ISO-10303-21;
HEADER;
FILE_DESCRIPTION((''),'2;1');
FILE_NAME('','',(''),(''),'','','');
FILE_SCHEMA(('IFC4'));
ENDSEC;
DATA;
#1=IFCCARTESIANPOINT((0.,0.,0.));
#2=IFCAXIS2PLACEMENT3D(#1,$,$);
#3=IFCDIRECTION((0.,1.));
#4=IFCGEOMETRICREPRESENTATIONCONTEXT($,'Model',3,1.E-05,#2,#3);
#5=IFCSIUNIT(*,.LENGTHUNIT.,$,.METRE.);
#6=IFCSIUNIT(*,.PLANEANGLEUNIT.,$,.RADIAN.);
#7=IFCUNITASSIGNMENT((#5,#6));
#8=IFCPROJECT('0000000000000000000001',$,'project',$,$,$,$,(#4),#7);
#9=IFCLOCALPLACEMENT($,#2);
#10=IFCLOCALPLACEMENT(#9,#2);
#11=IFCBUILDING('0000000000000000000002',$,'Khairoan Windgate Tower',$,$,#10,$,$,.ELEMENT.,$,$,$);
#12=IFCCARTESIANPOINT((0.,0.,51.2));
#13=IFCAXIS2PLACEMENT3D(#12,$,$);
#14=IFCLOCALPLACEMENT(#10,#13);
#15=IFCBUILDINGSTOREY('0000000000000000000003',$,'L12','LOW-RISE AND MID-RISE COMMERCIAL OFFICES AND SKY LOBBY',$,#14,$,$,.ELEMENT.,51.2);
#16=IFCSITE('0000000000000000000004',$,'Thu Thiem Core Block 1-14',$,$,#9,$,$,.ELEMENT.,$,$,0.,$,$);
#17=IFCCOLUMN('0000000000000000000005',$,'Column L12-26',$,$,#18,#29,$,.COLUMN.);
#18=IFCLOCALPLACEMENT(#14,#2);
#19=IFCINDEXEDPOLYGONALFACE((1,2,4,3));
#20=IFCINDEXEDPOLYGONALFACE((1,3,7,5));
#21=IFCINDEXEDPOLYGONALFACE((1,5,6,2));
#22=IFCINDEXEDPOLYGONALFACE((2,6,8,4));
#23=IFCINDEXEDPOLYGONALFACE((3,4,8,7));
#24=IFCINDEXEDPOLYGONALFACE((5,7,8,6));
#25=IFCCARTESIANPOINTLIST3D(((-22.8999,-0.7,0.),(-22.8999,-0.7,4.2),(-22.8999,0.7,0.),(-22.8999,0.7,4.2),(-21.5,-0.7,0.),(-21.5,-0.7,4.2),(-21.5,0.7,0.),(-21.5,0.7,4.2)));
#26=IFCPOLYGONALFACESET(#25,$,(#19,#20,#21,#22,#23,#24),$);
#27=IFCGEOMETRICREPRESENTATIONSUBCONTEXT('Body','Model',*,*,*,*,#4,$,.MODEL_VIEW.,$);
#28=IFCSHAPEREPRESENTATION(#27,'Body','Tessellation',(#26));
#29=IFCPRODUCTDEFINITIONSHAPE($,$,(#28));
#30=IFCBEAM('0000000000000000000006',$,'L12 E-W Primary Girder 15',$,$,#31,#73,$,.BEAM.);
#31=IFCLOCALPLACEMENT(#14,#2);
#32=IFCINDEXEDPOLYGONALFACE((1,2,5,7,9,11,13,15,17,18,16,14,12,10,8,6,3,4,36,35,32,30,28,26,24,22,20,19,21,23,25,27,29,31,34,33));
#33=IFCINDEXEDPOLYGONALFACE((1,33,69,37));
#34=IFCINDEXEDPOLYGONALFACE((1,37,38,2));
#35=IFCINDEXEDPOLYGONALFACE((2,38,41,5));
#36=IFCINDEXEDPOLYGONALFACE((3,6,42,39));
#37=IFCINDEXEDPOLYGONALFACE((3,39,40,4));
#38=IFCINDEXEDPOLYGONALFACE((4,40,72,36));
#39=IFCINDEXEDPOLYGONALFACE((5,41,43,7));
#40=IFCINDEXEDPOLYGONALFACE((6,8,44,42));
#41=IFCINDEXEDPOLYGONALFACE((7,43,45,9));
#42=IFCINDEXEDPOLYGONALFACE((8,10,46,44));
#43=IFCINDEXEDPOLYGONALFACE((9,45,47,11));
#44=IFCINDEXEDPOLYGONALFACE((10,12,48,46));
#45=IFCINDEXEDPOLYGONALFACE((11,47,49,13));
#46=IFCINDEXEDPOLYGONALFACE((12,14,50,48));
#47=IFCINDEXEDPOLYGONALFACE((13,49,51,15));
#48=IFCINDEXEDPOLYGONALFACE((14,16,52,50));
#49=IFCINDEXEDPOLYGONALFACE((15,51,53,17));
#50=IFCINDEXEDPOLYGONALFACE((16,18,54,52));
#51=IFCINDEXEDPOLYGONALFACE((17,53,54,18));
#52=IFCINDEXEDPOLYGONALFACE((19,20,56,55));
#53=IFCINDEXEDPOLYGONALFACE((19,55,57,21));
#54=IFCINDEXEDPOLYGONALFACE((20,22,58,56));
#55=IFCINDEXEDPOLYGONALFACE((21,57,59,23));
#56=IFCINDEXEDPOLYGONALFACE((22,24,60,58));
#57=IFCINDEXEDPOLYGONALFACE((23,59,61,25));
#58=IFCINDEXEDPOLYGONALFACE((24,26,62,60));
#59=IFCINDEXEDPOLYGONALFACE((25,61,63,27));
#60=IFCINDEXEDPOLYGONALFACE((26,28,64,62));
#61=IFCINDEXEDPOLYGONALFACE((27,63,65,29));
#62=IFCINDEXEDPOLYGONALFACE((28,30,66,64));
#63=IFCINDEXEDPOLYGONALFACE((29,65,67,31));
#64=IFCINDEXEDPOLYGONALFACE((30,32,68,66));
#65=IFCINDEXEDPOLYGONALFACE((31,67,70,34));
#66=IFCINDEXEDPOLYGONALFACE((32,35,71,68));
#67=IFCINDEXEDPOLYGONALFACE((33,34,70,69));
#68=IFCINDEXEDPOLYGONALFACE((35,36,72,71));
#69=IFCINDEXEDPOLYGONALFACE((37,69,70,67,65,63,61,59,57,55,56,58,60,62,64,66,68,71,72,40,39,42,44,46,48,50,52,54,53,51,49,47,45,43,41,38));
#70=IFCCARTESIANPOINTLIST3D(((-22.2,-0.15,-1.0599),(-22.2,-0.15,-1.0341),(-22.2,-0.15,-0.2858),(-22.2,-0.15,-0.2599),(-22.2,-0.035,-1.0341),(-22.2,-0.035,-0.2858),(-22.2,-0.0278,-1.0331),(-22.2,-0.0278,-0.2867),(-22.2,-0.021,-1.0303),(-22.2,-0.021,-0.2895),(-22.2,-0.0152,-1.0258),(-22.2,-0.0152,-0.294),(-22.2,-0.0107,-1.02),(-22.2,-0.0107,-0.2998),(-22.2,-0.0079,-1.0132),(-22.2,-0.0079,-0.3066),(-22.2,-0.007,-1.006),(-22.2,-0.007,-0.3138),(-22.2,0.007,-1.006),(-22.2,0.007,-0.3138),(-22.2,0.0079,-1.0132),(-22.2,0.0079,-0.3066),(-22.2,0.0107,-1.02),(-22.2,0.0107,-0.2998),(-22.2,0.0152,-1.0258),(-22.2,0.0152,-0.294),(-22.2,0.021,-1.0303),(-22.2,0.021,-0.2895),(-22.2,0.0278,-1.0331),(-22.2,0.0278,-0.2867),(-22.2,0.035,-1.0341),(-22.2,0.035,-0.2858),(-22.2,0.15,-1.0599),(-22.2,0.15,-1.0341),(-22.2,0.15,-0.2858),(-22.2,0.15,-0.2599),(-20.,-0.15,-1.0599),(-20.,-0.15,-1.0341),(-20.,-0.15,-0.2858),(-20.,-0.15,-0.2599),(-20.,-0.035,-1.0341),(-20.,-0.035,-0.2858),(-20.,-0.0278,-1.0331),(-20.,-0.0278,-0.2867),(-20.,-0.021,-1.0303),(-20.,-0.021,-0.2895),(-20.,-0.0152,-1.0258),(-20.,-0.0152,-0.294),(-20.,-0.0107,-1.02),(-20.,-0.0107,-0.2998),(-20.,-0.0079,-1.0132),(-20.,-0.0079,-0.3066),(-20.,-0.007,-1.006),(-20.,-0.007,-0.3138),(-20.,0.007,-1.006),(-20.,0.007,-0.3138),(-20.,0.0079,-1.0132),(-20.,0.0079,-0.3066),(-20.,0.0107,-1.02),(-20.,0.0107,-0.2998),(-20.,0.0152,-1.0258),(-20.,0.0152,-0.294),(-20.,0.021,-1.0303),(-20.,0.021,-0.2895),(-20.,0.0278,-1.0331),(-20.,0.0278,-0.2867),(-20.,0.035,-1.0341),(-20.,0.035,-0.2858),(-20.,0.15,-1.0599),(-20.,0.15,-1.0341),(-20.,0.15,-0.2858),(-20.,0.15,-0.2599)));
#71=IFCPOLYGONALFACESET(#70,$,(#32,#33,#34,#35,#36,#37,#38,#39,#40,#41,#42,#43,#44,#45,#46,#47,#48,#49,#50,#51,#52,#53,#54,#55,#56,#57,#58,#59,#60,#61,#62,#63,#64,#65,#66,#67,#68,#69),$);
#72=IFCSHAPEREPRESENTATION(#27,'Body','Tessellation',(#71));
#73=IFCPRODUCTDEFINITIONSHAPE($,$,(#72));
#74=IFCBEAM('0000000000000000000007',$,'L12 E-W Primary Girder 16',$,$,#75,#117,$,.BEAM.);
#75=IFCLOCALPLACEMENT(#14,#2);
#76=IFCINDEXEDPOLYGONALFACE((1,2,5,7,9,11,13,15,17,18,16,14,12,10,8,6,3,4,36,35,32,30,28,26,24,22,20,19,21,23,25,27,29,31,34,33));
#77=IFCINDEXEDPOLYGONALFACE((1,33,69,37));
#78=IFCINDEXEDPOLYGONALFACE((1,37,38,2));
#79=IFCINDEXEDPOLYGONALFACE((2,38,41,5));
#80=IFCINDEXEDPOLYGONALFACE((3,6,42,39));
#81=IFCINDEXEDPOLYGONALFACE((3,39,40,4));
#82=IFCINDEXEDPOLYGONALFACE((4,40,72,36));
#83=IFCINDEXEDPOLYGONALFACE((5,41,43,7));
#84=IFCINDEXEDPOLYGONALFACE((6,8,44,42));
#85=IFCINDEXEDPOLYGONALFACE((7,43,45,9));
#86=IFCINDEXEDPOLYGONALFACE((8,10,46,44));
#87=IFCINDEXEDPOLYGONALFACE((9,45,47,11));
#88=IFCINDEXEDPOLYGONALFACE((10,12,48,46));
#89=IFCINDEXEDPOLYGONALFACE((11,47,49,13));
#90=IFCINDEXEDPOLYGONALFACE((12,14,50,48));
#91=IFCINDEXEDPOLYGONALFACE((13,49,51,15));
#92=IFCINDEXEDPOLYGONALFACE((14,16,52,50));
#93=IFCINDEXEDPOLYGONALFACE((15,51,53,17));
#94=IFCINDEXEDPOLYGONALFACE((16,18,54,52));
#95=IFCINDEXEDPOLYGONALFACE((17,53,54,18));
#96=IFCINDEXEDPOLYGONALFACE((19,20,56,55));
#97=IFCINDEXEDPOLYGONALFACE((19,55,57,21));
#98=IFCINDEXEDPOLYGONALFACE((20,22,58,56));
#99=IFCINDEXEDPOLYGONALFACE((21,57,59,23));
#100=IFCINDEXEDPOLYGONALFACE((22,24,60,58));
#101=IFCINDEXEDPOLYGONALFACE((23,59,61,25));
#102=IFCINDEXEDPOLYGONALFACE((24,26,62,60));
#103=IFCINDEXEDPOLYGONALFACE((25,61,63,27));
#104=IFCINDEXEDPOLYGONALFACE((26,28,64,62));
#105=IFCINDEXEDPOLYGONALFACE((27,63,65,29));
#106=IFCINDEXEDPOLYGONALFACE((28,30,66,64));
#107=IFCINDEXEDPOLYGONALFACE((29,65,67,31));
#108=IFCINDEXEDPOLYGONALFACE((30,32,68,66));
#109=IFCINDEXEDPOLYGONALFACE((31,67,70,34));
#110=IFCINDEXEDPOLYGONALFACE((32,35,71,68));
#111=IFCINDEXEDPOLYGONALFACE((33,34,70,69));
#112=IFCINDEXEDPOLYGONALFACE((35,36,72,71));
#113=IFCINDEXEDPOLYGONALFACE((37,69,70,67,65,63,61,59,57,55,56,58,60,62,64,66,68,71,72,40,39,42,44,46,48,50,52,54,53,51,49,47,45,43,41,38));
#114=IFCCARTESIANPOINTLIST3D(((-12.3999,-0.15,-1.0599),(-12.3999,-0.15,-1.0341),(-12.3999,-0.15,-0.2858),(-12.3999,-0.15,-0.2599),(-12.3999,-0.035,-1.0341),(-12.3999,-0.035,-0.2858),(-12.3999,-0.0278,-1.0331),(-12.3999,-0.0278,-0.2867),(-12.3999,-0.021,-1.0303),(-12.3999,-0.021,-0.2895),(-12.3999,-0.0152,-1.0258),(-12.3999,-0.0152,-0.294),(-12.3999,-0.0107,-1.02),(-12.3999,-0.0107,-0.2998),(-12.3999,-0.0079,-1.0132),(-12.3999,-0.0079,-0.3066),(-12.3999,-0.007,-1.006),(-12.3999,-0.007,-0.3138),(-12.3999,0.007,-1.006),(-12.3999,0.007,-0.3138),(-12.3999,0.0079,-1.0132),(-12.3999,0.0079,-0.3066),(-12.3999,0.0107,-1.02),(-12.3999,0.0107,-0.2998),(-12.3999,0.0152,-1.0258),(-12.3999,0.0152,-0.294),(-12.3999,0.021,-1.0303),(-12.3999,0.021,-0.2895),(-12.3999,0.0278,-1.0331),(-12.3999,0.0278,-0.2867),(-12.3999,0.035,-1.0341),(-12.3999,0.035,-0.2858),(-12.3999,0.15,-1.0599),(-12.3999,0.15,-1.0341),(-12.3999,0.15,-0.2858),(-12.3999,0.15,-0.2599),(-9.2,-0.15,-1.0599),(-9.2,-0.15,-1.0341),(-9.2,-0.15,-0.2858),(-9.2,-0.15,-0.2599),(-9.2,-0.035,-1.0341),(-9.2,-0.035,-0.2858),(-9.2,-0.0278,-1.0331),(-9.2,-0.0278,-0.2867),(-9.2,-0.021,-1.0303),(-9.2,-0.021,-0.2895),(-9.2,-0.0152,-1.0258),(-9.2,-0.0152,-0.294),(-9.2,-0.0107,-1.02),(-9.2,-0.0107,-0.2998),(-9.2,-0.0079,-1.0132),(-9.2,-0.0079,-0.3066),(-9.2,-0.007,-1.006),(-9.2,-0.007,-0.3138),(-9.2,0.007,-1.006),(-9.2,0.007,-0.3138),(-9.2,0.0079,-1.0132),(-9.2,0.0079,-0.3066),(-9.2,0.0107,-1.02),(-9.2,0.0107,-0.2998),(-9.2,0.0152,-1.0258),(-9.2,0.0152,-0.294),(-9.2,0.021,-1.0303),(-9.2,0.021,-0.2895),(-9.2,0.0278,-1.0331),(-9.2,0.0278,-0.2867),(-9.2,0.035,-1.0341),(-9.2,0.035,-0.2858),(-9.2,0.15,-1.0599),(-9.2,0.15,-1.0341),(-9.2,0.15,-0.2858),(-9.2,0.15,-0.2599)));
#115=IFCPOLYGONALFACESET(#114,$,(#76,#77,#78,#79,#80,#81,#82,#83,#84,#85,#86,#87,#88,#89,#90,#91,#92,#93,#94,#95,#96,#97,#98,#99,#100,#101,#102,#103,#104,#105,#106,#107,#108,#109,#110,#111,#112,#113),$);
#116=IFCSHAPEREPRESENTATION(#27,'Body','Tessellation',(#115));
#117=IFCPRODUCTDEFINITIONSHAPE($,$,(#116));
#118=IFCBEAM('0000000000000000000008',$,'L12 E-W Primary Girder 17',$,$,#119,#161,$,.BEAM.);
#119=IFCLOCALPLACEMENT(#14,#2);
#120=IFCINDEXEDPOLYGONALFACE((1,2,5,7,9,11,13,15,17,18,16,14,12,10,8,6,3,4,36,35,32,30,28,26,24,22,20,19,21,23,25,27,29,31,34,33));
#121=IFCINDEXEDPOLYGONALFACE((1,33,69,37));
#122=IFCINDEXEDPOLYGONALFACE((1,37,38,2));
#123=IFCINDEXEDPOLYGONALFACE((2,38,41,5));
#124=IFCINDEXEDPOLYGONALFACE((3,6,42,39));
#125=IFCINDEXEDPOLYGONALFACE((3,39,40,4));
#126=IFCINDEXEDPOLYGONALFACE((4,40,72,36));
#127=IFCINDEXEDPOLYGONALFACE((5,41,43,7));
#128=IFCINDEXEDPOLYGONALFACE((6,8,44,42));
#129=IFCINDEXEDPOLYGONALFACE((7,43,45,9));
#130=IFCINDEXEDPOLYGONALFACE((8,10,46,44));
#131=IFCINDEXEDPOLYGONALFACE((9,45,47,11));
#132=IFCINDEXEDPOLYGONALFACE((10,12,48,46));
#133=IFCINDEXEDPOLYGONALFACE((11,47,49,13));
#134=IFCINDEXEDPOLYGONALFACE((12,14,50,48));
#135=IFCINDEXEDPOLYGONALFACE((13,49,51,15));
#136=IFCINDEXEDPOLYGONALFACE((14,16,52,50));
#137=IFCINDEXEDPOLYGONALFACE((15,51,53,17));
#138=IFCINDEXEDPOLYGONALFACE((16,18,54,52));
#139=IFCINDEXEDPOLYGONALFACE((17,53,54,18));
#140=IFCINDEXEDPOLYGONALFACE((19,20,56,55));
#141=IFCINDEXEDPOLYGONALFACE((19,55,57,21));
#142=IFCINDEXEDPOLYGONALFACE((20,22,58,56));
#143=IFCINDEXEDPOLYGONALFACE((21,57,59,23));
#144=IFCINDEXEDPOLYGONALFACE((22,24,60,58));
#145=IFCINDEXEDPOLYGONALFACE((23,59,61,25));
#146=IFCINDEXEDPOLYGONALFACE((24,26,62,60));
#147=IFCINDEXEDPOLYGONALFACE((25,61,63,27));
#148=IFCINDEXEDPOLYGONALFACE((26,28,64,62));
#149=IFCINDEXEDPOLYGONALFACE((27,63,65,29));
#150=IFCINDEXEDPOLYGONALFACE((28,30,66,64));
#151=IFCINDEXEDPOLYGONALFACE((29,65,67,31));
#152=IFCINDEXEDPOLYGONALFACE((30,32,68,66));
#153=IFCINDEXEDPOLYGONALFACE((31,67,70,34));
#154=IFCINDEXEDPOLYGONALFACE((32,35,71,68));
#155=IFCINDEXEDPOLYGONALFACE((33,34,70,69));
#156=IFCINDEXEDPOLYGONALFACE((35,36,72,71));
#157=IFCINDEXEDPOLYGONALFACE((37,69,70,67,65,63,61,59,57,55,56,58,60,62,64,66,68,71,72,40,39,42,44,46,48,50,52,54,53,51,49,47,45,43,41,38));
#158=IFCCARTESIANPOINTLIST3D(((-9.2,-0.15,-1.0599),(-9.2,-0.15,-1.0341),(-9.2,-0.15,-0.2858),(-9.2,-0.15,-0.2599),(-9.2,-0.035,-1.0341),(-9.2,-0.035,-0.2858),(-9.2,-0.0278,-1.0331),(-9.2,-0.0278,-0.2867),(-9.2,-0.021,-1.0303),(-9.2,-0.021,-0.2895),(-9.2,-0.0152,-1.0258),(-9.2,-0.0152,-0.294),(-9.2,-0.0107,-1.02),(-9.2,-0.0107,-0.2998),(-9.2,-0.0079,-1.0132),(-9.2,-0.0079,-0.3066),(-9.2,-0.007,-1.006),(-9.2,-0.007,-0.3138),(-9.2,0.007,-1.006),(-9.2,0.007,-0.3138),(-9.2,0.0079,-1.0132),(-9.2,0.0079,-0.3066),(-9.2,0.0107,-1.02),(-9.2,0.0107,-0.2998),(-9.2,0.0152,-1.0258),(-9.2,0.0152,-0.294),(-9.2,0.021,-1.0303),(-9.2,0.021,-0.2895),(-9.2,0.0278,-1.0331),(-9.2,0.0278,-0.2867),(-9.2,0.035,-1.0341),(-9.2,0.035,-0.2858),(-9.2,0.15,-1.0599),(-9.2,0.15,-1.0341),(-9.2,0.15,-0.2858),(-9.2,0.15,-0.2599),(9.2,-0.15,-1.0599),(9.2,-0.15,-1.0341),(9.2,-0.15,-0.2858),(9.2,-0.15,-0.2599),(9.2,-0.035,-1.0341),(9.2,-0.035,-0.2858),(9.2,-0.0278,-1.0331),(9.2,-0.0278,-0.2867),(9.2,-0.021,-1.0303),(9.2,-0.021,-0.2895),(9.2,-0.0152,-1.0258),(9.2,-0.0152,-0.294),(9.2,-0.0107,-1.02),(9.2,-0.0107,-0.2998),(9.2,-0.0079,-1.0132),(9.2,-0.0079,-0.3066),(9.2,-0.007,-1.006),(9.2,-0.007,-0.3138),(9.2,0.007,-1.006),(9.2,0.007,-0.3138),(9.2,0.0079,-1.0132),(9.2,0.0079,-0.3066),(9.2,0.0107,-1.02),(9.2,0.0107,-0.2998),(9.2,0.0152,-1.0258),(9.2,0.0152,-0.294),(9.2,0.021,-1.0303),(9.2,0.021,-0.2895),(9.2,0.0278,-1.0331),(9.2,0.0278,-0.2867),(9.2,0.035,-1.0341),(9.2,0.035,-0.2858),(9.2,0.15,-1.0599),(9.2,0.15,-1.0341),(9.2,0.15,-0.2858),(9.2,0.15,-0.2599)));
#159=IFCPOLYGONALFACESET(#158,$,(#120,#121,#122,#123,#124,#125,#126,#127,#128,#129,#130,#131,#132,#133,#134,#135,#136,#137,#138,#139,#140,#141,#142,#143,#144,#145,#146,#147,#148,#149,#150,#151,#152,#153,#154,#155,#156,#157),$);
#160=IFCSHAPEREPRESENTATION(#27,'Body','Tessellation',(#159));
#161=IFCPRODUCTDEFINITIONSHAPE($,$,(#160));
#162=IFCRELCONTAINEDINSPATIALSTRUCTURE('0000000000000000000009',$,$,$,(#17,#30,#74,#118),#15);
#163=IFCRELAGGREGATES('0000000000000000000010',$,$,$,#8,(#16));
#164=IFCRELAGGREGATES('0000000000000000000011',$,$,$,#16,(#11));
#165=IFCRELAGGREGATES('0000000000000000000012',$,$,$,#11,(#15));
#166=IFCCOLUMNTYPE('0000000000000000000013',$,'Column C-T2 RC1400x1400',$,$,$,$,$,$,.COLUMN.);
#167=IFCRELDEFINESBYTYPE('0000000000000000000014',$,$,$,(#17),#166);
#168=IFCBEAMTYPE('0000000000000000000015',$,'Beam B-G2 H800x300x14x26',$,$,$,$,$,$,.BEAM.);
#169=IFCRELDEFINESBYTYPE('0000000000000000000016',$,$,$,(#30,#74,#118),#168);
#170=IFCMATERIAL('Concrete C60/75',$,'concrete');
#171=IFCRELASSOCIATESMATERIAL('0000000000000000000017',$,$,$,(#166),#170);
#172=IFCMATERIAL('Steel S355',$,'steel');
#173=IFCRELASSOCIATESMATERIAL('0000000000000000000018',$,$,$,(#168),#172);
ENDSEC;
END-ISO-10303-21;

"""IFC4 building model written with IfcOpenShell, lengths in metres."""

from ifc_helpers import new_model, si_unit, direction, frame, origin, origin_2d, place, context, subcontext, project, spatial, rectangle, i_section, extrude, material, material_profile, profile_set, type_object, element, save


model = new_model("IFC4")

# Units and contexts
model_context = context("Model", 3, precision=1e-05, world=origin(), true_north=direction((0.0, 1.0)))
body_context = subcontext(model_context, "Body", "Model", "MODEL_VIEW")
ifc_project = project(units=[si_unit("LENGTHUNIT", "METRE"), si_unit("PLANEANGLEUNIT", "RADIAN")], contexts=[model_context])

# Site, building, storey
site_placement = place(None, origin())
site = spatial("IfcSite", under=ifc_project, at=site_placement, Name="Thu Thiem Core Block 1-14", CompositionType="ELEMENT", RefElevation=0.0)
building_placement = place(site_placement, origin())
building = spatial("IfcBuilding", under=site, at=building_placement, Name="Khairoan Windgate Tower", CompositionType="ELEMENT")
storey_placement = place(building_placement, frame((0.0, 0.0, 51.2)))
storey = spatial("IfcBuildingStorey", under=building, at=storey_placement, Name="L12", Description="LOW-RISE AND MID-RISE COMMERCIAL OFFICES AND SKY LOBBY", CompositionType="ELEMENT", Elevation=51.2)

# Column
ifc_material_1 = material(Name="Concrete C60/75", Category="concrete")
ifc_material_profile_1 = material_profile(ifc_material_1, rectangle(XDim=1.3999, YDim=1.3999, at=origin_2d()))
ifc_profile_set_1 = profile_set([ifc_material_profile_1], Name="Concrete C60/75")
column_type = type_object("IfcColumnType", Name="Column C-T2 RC1400x1400", PredefinedType="COLUMN", material=ifc_profile_set_1)
column_placement = place(storey_placement, frame((-22.2, 0.0, 0.0), z_axis=(0.0, 0.0, 1.0), x_axis=(1.0, 0.0, 0.0)))
element("IfcColumn", 1, at=column_placement, inside=storey, type_object=column_type, Name="Column L12-26", PredefinedType="COLUMN", context=body_context, shape_type="SweptSolid", body=[
    extrude(rectangle(XDim=1.3999, YDim=1.3999, at=origin_2d()), origin(), (0.0, 0.0, 1.0), 4.2),
])

# Beams
ifc_material_2 = material(Name="Steel S355", Category="steel")
ifc_material_profile_2 = material_profile(ifc_material_2, i_section(OverallWidth=0.3, OverallDepth=0.8, WebThickness=0.0139, FlangeThickness=0.0259, FilletRadius=0.0281, at=origin_2d()))
ifc_profile_set_2 = profile_set([ifc_material_profile_2], Name="Steel S355")
beam_type_1 = type_object("IfcBeamType", Name="Beam B-G2 H800x300x14x26", PredefinedType="BEAM", material=ifc_profile_set_2)
beam_1_placement = place(storey_placement, frame((-22.2, 0.0, -0.6599), z_axis=(1.0, 0.0, 0.0), x_axis=(0.0, 1.0, 0.0)))
element("IfcBeam", 2, at=beam_1_placement, inside=storey, type_object=beam_type_1, Name="L12 E-W Primary Girder 15", PredefinedType="BEAM", context=body_context, shape_type="SweptSolid", body=[
    extrude(i_section(OverallWidth=0.3, OverallDepth=0.8, WebThickness=0.0139, FlangeThickness=0.0259, FilletRadius=0.0281, at=origin_2d()), origin(), (0.0, 0.0, 1.0), 2.2),
])
beam_2_placement = place(storey_placement, frame((-12.3999, 0.0, -0.6599), z_axis=(1.0, 0.0, 0.0), x_axis=(0.0, 1.0, 0.0)))
element("IfcBeam", 3, at=beam_2_placement, inside=storey, type_object=beam_type_1, Name="L12 E-W Primary Girder 16", PredefinedType="BEAM", context=body_context, shape_type="SweptSolid", body=[
    extrude(i_section(OverallWidth=0.3, OverallDepth=0.8, WebThickness=0.0139, FlangeThickness=0.0259, FilletRadius=0.0281, at=origin_2d()), origin(), (0.0, 0.0, 1.0), 3.2),
])
beam_3_placement = place(storey_placement, frame((-9.2, 0.0, -0.6599), z_axis=(1.0, 0.0, 0.0), x_axis=(0.0, 1.0, 0.0)))
element("IfcBeam", 4, at=beam_3_placement, inside=storey, type_object=beam_type_1, Name="L12 E-W Primary Girder 17", PredefinedType="BEAM", context=body_context, shape_type="SweptSolid", body=[
    extrude(i_section(OverallWidth=0.3, OverallDepth=0.8, WebThickness=0.0139, FlangeThickness=0.0259, FilletRadius=0.0281, at=origin_2d()), origin(), (0.0, 0.0, 1.0), 18.3999),
])

save(model, "model.ifc")
